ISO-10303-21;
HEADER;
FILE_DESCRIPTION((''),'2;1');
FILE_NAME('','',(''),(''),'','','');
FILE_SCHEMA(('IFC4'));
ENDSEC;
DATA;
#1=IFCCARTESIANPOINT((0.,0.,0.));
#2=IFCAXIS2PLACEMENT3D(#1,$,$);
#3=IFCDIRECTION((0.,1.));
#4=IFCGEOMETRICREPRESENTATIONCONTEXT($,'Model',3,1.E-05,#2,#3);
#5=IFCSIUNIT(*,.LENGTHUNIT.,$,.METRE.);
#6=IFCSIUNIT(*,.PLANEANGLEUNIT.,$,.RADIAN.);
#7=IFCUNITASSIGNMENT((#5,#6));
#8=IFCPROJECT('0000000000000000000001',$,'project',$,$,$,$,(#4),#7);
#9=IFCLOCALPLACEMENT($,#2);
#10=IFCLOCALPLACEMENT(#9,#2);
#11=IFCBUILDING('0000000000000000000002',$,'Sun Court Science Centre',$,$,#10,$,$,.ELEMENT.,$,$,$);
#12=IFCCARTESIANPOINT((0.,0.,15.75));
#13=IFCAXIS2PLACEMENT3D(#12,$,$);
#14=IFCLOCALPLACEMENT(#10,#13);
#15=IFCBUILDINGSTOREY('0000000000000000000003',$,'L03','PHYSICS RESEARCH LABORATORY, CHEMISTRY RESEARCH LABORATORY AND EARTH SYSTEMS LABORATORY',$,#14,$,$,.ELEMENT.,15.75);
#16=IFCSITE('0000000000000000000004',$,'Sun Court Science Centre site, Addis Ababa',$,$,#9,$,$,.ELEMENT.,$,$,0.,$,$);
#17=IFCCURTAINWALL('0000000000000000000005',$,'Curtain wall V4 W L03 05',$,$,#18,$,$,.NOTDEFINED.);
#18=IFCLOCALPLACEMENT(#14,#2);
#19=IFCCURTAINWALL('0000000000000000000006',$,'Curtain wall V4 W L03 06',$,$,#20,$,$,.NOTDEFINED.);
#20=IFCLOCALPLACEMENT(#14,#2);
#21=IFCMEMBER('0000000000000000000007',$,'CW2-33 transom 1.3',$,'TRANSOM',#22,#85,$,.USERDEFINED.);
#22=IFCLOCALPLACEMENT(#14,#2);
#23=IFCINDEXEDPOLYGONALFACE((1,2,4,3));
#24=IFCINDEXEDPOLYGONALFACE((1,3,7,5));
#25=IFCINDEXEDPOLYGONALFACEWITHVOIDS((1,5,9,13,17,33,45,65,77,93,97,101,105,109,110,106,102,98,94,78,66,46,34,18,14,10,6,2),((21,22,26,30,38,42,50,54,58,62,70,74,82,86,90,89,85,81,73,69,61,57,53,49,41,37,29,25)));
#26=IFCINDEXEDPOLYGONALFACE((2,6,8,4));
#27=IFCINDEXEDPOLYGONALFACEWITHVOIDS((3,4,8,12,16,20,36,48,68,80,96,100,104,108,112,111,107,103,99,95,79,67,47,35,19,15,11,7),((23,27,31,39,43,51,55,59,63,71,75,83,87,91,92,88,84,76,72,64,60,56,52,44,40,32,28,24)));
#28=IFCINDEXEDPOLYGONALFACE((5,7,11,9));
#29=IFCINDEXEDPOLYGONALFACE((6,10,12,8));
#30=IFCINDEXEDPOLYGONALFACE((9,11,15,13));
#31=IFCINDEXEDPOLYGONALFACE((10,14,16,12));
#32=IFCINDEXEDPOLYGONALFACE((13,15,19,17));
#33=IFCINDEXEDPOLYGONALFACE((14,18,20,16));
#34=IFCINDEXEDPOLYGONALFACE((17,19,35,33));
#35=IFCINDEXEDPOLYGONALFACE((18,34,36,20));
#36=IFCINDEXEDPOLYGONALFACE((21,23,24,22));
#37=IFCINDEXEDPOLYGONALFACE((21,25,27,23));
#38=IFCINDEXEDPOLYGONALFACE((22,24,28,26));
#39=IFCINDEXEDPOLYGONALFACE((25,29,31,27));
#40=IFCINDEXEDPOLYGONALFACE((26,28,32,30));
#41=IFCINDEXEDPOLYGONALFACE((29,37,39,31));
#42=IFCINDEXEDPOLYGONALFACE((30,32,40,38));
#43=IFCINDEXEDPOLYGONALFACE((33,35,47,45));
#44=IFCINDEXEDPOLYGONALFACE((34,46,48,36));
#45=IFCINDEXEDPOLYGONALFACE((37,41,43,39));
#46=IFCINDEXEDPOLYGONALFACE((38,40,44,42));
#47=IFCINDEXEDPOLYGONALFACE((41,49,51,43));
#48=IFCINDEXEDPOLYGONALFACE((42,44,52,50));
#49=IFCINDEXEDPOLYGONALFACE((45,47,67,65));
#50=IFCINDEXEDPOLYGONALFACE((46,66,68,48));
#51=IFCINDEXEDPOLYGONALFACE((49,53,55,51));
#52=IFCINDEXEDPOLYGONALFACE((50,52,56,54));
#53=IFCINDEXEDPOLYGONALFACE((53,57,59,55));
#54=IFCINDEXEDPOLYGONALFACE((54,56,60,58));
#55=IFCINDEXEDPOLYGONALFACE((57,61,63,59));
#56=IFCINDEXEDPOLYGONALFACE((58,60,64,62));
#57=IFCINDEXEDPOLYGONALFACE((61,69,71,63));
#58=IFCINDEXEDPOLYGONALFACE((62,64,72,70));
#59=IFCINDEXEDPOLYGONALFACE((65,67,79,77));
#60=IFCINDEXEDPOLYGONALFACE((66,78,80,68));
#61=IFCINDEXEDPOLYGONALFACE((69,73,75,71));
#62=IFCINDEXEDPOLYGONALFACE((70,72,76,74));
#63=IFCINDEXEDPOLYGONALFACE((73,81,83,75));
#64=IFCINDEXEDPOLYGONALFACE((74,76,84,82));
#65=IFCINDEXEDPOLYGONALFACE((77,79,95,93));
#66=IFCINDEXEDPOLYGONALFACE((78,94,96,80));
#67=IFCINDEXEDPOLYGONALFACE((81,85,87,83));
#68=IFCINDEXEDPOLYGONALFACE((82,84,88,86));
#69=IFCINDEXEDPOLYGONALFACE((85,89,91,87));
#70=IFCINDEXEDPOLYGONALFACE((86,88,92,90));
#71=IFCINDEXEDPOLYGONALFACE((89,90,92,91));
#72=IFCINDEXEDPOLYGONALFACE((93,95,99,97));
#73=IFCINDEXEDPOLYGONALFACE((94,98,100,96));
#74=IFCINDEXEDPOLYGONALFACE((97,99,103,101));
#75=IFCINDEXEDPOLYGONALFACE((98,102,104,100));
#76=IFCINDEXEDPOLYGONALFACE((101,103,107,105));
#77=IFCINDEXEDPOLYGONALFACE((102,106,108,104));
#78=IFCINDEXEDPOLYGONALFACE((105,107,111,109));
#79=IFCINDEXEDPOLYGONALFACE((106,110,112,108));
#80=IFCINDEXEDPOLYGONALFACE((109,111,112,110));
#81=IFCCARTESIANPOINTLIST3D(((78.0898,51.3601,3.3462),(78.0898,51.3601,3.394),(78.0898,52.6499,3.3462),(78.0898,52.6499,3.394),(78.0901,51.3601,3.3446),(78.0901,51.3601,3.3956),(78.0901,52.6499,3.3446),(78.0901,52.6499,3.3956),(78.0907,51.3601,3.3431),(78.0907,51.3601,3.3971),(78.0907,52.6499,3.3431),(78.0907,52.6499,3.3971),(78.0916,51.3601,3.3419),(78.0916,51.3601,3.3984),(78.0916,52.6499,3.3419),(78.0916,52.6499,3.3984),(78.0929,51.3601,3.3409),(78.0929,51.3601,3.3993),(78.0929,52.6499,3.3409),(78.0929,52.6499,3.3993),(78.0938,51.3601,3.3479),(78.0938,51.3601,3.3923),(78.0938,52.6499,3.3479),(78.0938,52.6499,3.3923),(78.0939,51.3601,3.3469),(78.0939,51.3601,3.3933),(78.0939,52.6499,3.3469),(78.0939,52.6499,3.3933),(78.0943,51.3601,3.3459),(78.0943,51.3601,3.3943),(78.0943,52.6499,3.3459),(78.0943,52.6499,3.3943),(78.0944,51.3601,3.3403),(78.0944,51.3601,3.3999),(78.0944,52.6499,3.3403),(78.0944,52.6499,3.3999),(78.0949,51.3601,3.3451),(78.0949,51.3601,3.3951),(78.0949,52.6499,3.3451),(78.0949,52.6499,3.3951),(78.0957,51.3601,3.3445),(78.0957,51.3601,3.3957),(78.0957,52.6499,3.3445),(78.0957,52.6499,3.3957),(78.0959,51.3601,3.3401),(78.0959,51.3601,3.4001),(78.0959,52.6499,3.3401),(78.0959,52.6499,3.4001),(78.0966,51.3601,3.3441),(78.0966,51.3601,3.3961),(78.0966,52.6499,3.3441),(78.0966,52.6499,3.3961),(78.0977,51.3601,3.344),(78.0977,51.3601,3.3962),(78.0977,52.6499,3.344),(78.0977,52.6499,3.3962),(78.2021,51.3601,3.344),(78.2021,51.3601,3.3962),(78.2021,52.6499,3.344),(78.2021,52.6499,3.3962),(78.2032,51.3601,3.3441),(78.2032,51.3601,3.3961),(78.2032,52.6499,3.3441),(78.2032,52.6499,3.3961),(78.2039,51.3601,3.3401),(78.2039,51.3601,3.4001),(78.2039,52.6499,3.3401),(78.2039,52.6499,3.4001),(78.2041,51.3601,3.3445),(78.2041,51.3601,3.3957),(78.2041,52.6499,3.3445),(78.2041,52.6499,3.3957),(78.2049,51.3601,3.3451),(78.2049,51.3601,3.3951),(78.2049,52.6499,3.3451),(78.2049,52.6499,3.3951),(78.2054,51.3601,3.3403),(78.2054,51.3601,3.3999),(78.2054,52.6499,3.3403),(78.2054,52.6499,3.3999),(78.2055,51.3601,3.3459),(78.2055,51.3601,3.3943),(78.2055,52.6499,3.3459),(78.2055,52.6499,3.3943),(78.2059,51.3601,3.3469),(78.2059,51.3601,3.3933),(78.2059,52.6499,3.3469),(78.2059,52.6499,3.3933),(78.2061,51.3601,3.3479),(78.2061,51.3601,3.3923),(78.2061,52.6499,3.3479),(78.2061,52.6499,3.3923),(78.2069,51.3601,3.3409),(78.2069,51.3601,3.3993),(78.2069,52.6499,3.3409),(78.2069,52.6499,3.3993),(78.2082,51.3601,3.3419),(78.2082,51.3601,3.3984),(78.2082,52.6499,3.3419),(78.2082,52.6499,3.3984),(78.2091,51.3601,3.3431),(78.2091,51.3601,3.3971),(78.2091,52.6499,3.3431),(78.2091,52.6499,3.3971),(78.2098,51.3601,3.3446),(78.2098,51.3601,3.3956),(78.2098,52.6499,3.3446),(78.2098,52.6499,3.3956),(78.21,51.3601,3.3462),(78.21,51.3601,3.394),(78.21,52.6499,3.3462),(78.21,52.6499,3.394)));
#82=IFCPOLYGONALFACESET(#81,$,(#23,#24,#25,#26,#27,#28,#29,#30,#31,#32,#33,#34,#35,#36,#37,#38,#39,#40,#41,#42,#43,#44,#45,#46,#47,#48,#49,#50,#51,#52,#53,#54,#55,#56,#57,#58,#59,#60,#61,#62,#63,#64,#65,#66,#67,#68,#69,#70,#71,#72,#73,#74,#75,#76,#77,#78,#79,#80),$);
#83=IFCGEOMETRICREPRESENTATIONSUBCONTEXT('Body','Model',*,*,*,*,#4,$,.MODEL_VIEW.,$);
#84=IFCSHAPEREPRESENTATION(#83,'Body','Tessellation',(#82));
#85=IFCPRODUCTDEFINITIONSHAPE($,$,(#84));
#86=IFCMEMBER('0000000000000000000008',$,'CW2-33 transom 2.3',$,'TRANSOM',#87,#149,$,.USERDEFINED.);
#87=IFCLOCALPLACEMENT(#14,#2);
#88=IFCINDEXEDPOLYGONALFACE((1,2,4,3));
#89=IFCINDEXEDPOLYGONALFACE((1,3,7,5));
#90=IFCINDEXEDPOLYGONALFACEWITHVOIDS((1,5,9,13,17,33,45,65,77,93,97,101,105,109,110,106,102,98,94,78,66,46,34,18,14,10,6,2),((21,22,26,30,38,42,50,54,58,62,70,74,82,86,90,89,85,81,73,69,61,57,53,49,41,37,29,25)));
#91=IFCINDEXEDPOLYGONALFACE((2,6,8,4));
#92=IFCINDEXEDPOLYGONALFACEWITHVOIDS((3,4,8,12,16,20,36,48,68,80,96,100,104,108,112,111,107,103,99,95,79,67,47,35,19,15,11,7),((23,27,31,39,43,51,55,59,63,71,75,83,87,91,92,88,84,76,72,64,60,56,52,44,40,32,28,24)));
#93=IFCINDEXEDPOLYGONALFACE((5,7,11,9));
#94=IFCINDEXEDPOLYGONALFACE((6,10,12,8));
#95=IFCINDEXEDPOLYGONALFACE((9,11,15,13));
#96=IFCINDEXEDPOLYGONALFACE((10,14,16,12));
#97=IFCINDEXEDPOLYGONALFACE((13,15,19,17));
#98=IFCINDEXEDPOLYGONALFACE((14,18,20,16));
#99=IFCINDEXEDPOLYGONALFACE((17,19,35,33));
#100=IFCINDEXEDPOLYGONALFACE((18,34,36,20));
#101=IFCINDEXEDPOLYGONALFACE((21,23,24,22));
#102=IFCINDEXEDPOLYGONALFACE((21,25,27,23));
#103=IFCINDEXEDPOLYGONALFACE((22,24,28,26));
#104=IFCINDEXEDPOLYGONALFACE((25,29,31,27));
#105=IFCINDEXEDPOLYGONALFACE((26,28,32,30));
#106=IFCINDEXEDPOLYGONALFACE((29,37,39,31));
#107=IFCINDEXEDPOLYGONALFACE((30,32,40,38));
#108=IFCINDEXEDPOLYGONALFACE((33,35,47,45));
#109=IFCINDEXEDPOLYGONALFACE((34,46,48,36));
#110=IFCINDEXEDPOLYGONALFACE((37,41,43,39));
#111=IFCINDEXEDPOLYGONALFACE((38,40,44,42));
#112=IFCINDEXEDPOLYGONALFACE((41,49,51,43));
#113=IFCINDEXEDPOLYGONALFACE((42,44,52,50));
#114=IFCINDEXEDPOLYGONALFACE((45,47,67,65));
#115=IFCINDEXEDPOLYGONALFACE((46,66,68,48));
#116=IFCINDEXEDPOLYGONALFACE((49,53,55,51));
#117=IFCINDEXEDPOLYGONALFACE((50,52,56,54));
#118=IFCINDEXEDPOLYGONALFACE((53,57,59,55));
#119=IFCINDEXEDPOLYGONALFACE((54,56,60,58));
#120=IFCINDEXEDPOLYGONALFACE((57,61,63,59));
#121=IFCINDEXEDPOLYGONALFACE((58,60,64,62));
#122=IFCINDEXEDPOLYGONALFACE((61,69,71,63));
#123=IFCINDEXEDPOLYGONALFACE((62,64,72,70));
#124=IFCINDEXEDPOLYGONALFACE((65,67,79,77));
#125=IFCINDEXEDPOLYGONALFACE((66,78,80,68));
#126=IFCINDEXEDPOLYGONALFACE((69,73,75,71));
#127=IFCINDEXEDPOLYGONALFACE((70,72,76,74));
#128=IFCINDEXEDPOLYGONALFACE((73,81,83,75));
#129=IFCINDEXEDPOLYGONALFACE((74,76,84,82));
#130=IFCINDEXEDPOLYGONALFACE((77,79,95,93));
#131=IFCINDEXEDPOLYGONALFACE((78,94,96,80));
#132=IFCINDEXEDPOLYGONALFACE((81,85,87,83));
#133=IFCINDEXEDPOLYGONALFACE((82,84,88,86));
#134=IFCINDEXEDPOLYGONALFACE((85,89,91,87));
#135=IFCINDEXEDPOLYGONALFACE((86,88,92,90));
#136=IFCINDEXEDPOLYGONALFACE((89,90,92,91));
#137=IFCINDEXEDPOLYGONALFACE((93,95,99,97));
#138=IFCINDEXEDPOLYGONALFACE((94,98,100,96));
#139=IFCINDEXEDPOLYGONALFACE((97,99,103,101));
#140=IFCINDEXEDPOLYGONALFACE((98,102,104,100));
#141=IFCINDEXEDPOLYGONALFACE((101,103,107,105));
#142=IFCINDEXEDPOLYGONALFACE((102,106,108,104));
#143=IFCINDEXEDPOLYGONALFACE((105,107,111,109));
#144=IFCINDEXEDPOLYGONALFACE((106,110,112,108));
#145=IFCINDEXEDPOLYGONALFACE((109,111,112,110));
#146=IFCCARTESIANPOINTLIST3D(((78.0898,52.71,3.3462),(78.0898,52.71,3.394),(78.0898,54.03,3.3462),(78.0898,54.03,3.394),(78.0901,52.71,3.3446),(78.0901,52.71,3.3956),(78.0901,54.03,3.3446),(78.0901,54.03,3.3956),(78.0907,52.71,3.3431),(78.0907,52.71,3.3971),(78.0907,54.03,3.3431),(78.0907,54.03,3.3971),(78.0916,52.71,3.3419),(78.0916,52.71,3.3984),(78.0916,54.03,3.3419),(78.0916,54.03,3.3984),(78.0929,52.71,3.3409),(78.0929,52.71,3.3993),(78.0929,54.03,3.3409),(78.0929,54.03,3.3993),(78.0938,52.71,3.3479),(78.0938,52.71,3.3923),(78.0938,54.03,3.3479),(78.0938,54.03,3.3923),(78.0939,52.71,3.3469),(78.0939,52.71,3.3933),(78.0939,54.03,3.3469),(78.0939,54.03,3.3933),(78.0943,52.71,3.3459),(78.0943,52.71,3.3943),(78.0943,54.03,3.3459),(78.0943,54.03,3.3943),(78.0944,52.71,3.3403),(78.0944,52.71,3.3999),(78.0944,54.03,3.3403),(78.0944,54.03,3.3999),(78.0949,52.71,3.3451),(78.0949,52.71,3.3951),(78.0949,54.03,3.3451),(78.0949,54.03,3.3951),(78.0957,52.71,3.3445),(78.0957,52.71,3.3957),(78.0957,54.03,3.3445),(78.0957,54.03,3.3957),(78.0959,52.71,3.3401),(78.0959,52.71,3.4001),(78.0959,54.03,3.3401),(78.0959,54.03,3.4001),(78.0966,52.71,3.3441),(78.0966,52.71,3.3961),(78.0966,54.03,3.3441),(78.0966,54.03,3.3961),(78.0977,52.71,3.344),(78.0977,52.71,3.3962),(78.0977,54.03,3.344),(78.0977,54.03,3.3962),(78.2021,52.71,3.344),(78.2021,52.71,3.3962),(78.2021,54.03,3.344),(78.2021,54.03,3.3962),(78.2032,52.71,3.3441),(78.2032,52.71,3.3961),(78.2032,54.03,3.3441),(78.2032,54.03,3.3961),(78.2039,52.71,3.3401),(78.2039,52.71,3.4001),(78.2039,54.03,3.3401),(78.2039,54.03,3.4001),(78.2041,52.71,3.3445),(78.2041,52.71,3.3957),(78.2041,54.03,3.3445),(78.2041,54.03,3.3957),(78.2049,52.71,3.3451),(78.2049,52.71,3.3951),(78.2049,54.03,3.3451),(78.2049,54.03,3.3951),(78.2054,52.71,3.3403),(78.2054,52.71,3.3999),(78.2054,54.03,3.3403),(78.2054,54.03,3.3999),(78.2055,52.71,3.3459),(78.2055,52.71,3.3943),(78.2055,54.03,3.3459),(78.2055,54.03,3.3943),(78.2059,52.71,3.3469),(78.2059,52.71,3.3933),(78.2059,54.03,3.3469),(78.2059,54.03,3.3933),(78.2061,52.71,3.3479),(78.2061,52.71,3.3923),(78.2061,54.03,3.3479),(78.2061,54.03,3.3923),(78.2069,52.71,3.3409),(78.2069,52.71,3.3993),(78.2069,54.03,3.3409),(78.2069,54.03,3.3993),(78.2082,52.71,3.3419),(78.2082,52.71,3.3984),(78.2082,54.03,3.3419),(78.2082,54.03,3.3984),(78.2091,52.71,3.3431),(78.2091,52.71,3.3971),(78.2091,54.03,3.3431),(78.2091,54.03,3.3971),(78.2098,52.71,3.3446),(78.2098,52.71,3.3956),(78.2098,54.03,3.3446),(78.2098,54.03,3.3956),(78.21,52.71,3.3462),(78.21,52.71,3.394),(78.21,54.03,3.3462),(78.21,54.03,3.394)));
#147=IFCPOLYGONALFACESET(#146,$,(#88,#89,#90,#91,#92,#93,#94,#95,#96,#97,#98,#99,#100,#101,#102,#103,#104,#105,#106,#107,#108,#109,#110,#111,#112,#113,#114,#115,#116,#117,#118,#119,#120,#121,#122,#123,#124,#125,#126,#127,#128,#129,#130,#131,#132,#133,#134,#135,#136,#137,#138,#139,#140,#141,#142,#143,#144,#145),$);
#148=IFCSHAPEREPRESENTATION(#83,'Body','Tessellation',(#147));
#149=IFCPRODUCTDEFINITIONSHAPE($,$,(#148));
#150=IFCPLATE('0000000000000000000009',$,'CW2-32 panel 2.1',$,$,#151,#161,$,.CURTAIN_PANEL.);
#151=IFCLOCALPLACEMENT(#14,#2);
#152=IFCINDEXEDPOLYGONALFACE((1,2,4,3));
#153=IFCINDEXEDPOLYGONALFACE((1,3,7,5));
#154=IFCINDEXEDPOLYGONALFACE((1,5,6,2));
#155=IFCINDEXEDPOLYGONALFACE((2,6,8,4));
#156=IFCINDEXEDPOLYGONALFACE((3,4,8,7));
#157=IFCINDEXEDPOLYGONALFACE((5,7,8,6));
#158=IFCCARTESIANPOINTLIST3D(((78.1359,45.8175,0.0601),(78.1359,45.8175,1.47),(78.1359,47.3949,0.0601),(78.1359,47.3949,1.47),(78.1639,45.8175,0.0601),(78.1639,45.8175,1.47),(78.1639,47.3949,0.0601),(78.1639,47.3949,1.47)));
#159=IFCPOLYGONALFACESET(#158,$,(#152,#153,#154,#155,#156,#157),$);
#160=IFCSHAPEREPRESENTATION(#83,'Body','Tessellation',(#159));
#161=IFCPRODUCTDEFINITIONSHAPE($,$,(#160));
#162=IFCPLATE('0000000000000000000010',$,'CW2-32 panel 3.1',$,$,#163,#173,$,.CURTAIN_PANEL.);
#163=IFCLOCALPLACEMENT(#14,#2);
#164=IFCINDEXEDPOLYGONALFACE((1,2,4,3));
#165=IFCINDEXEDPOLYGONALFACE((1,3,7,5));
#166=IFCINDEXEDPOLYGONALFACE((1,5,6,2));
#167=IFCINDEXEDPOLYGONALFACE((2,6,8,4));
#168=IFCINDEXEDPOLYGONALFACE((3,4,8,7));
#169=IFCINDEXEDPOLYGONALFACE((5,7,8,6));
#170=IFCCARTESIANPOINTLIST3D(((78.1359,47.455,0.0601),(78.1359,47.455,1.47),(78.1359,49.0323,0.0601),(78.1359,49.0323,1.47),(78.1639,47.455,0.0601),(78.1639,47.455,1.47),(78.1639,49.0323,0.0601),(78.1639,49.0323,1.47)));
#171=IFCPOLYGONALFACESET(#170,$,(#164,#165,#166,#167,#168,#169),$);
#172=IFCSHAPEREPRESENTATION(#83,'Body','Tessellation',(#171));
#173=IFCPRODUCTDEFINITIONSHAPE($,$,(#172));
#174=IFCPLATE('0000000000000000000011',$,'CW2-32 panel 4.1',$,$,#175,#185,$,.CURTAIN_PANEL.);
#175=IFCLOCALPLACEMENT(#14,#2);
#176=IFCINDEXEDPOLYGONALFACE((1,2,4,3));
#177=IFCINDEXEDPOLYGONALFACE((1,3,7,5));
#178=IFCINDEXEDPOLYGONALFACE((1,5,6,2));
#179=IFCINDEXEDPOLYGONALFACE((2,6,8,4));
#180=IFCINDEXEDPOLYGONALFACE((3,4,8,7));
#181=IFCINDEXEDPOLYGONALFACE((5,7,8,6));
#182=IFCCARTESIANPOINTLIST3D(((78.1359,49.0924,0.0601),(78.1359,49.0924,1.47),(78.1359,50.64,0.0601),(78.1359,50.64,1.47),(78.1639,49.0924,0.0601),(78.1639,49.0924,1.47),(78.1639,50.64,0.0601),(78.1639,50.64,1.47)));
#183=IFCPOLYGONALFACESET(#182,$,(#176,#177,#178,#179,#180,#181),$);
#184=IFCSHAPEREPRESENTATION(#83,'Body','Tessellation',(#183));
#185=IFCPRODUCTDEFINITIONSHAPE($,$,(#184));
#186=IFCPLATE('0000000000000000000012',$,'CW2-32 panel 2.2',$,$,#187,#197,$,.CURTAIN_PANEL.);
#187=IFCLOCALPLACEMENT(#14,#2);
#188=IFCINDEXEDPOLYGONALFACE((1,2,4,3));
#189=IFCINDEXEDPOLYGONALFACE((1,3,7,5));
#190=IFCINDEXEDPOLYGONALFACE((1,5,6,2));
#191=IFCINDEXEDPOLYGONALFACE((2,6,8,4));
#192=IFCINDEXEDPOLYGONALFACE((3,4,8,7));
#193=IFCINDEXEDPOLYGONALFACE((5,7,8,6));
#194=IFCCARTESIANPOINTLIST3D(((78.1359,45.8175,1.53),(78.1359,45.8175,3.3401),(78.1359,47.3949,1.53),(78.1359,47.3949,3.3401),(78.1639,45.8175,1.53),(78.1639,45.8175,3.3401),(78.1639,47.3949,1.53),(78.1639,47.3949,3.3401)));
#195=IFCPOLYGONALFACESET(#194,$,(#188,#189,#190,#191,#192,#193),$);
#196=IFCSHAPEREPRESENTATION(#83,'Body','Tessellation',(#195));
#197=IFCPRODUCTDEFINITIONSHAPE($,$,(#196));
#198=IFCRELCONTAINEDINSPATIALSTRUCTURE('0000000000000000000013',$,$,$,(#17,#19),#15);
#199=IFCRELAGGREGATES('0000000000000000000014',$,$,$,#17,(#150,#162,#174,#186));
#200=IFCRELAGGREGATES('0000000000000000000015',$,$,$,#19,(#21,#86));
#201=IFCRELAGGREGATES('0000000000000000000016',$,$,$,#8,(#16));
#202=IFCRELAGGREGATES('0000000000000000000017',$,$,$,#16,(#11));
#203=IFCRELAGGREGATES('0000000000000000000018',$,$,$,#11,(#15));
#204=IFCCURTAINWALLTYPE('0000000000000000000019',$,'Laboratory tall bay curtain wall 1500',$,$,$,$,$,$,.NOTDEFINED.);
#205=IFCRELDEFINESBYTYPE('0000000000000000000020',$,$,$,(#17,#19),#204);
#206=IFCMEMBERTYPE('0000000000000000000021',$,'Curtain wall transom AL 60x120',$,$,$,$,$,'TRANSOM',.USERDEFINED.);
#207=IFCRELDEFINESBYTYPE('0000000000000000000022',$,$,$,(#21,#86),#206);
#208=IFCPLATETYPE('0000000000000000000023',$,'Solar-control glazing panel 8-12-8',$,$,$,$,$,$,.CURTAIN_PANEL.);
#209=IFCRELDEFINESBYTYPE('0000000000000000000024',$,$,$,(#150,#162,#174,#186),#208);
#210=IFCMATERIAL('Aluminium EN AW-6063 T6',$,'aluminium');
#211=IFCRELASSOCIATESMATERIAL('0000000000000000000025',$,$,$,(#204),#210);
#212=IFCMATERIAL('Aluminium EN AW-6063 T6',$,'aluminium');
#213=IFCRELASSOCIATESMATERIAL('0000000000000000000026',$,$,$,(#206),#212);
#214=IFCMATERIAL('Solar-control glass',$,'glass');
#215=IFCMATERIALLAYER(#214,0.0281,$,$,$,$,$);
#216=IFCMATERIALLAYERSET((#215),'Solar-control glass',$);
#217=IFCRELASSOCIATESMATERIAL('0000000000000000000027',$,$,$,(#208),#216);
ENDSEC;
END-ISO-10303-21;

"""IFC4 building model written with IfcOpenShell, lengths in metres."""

from ifc_helpers import new_model, si_unit, direction, frame, origin, origin_2d, place, context, subcontext, project, spatial, rectangle, hollow_rectangle, extrude, material, layer, layer_set, material_profile, profile_set, type_object, element, aggregate, save


model = new_model("IFC4")

# Units and contexts
model_context = context("Model", 3, precision=1e-05, world=origin(), true_north=direction((0.0, 1.0)))
body_context = subcontext(model_context, "Body", "Model", "MODEL_VIEW")
ifc_project = project(units=[si_unit("LENGTHUNIT", "METRE"), si_unit("PLANEANGLEUNIT", "RADIAN")], contexts=[model_context])

# Site, building, storey
site_placement = place(None, origin())
site = spatial("IfcSite", under=ifc_project, at=site_placement, Name="Sun Court Science Centre site, Addis Ababa", CompositionType="ELEMENT", RefElevation=0.0)
building_placement = place(site_placement, origin())
building = spatial("IfcBuilding", under=site, at=building_placement, Name="Sun Court Science Centre", CompositionType="ELEMENT")
storey_placement = place(building_placement, frame((0.0, 0.0, 15.75)))
storey = spatial("IfcBuildingStorey", under=building, at=storey_placement, Name="L03", Description="PHYSICS RESEARCH LABORATORY, CHEMISTRY RESEARCH LABORATORY AND EARTH SYSTEMS LABORATORY", CompositionType="ELEMENT", Elevation=15.75)

# Curtain walls
ifc_material_1 = material(Name="Aluminium EN AW-6063 T6", Category="aluminium")
curtain_wall_type = type_object("IfcCurtainWallType", Name="Laboratory tall bay curtain wall 1500", PredefinedType="NOTDEFINED", material=ifc_material_1)
curtain_wall_1_placement = place(storey_placement, origin())
curtain_wall_1 = element("IfcCurtainWall", 1, at=curtain_wall_1_placement, inside=storey, type_object=curtain_wall_type, Name="Curtain wall V4 W L03 05", PredefinedType="NOTDEFINED")
curtain_wall_2_placement = place(storey_placement, origin())
curtain_wall_2 = element("IfcCurtainWall", 2, at=curtain_wall_2_placement, inside=storey, type_object=curtain_wall_type, Name="Curtain wall V4 W L03 06", PredefinedType="NOTDEFINED")

# Members
ifc_material_2 = material(Name="Aluminium EN AW-6063 T6", Category="aluminium")
ifc_material_profile_1 = material_profile(ifc_material_2, hollow_rectangle(XDim=0.0601, YDim=0.1201, WallThickness=0.0039, InnerFilletRadius=0.0039, OuterFilletRadius=0.0061, at=origin_2d()), Name="AL 60x120x4")
ifc_profile_set_1 = profile_set([ifc_material_profile_1], Name="Aluminium EN AW-6063 T6")
member_type_1 = type_object("IfcMemberType", Name="Curtain wall transom AL 60x120", ElementType="TRANSOM", PredefinedType="USERDEFINED", material=ifc_profile_set_1)
member_1_placement = place(storey_placement, frame((78.1499, 51.3601, 3.3701), z_axis=(0.0, 1.0, 0.0), x_axis=(0.0, 0.0, 1.0)))
member_1 = element("IfcMember", 3, at=member_1_placement, type_object=member_type_1, Name="CW2-33 transom 1.3", ObjectType="TRANSOM", PredefinedType="USERDEFINED", context=body_context, shape_type="SweptSolid", body=[
    extrude(hollow_rectangle(XDim=0.0601, YDim=0.1201, WallThickness=0.0039, InnerFilletRadius=0.0039, OuterFilletRadius=0.0061, at=origin_2d()), origin(), (0.0, 0.0, 1.0), 1.2898),
])
member_2_placement = place(storey_placement, frame((78.1499, 52.71, 3.3701), z_axis=(0.0, 1.0, 0.0), x_axis=(0.0, 0.0, 1.0)))
member_2 = element("IfcMember", 4, at=member_2_placement, type_object=member_type_1, Name="CW2-33 transom 2.3", ObjectType="TRANSOM", PredefinedType="USERDEFINED", context=body_context, shape_type="SweptSolid", body=[
    extrude(hollow_rectangle(XDim=0.0601, YDim=0.1201, WallThickness=0.0039, InnerFilletRadius=0.0039, OuterFilletRadius=0.0061, at=origin_2d()), origin(), (0.0, 0.0, 1.0), 1.3201),
])

# Plates
ifc_material_3 = material(Name="Solar-control glass", Category="glass")
ifc_layer_1 = layer(ifc_material_3, 0.0281)
ifc_layer_set_1 = layer_set([ifc_layer_1], Name="Solar-control glass")
plate_type = type_object("IfcPlateType", Name="Solar-control glazing panel 8-12-8", PredefinedType="CURTAIN_PANEL", material=ifc_layer_set_1)
plate_1_placement = place(storey_placement, frame((78.1499, 46.6062, 0.0601), z_axis=(0.0, 0.0, 1.0), x_axis=(0.0, 1.0, 0.0)))
plate_1 = element("IfcPlate", 5, at=plate_1_placement, type_object=plate_type, Name="CW2-32 panel 2.1", PredefinedType="CURTAIN_PANEL", context=body_context, shape_type="SweptSolid", body=[
    extrude(rectangle(XDim=1.5774, YDim=0.0281, at=origin_2d()), origin(), (0.0, 0.0, 1.0), 1.4099),
])
plate_2_placement = place(storey_placement, frame((78.1499, 48.2437, 0.0601), z_axis=(0.0, 0.0, 1.0), x_axis=(0.0, 1.0, 0.0)))
plate_2 = element("IfcPlate", 6, at=plate_2_placement, type_object=plate_type, Name="CW2-32 panel 3.1", PredefinedType="CURTAIN_PANEL", context=body_context, shape_type="SweptSolid", body=[
    extrude(rectangle(XDim=1.5774, YDim=0.0281, at=origin_2d()), origin(), (0.0, 0.0, 1.0), 1.4099),
])
plate_3_placement = place(storey_placement, frame((78.1499, 49.8662, 0.0601), z_axis=(0.0, 0.0, 1.0), x_axis=(0.0, 1.0, 0.0)))
plate_3 = element("IfcPlate", 7, at=plate_3_placement, type_object=plate_type, Name="CW2-32 panel 4.1", PredefinedType="CURTAIN_PANEL", context=body_context, shape_type="SweptSolid", body=[
    extrude(rectangle(XDim=1.5476, YDim=0.0281, at=origin_2d()), origin(), (0.0, 0.0, 1.0), 1.4099),
])
plate_4_placement = place(storey_placement, frame((78.1499, 46.6062, 1.53), z_axis=(0.0, 0.0, 1.0), x_axis=(0.0, 1.0, 0.0)))
plate_4 = element("IfcPlate", 8, at=plate_4_placement, type_object=plate_type, Name="CW2-32 panel 2.2", PredefinedType="CURTAIN_PANEL", context=body_context, shape_type="SweptSolid", body=[
    extrude(rectangle(XDim=1.5774, YDim=0.0281, at=origin_2d()), origin(), (0.0, 0.0, 1.0), 1.8101),
])
aggregate(curtain_wall_1, [plate_1, plate_2, plate_3, plate_4])
aggregate(curtain_wall_2, [member_1, member_2])

save(model, "model.ifc")
